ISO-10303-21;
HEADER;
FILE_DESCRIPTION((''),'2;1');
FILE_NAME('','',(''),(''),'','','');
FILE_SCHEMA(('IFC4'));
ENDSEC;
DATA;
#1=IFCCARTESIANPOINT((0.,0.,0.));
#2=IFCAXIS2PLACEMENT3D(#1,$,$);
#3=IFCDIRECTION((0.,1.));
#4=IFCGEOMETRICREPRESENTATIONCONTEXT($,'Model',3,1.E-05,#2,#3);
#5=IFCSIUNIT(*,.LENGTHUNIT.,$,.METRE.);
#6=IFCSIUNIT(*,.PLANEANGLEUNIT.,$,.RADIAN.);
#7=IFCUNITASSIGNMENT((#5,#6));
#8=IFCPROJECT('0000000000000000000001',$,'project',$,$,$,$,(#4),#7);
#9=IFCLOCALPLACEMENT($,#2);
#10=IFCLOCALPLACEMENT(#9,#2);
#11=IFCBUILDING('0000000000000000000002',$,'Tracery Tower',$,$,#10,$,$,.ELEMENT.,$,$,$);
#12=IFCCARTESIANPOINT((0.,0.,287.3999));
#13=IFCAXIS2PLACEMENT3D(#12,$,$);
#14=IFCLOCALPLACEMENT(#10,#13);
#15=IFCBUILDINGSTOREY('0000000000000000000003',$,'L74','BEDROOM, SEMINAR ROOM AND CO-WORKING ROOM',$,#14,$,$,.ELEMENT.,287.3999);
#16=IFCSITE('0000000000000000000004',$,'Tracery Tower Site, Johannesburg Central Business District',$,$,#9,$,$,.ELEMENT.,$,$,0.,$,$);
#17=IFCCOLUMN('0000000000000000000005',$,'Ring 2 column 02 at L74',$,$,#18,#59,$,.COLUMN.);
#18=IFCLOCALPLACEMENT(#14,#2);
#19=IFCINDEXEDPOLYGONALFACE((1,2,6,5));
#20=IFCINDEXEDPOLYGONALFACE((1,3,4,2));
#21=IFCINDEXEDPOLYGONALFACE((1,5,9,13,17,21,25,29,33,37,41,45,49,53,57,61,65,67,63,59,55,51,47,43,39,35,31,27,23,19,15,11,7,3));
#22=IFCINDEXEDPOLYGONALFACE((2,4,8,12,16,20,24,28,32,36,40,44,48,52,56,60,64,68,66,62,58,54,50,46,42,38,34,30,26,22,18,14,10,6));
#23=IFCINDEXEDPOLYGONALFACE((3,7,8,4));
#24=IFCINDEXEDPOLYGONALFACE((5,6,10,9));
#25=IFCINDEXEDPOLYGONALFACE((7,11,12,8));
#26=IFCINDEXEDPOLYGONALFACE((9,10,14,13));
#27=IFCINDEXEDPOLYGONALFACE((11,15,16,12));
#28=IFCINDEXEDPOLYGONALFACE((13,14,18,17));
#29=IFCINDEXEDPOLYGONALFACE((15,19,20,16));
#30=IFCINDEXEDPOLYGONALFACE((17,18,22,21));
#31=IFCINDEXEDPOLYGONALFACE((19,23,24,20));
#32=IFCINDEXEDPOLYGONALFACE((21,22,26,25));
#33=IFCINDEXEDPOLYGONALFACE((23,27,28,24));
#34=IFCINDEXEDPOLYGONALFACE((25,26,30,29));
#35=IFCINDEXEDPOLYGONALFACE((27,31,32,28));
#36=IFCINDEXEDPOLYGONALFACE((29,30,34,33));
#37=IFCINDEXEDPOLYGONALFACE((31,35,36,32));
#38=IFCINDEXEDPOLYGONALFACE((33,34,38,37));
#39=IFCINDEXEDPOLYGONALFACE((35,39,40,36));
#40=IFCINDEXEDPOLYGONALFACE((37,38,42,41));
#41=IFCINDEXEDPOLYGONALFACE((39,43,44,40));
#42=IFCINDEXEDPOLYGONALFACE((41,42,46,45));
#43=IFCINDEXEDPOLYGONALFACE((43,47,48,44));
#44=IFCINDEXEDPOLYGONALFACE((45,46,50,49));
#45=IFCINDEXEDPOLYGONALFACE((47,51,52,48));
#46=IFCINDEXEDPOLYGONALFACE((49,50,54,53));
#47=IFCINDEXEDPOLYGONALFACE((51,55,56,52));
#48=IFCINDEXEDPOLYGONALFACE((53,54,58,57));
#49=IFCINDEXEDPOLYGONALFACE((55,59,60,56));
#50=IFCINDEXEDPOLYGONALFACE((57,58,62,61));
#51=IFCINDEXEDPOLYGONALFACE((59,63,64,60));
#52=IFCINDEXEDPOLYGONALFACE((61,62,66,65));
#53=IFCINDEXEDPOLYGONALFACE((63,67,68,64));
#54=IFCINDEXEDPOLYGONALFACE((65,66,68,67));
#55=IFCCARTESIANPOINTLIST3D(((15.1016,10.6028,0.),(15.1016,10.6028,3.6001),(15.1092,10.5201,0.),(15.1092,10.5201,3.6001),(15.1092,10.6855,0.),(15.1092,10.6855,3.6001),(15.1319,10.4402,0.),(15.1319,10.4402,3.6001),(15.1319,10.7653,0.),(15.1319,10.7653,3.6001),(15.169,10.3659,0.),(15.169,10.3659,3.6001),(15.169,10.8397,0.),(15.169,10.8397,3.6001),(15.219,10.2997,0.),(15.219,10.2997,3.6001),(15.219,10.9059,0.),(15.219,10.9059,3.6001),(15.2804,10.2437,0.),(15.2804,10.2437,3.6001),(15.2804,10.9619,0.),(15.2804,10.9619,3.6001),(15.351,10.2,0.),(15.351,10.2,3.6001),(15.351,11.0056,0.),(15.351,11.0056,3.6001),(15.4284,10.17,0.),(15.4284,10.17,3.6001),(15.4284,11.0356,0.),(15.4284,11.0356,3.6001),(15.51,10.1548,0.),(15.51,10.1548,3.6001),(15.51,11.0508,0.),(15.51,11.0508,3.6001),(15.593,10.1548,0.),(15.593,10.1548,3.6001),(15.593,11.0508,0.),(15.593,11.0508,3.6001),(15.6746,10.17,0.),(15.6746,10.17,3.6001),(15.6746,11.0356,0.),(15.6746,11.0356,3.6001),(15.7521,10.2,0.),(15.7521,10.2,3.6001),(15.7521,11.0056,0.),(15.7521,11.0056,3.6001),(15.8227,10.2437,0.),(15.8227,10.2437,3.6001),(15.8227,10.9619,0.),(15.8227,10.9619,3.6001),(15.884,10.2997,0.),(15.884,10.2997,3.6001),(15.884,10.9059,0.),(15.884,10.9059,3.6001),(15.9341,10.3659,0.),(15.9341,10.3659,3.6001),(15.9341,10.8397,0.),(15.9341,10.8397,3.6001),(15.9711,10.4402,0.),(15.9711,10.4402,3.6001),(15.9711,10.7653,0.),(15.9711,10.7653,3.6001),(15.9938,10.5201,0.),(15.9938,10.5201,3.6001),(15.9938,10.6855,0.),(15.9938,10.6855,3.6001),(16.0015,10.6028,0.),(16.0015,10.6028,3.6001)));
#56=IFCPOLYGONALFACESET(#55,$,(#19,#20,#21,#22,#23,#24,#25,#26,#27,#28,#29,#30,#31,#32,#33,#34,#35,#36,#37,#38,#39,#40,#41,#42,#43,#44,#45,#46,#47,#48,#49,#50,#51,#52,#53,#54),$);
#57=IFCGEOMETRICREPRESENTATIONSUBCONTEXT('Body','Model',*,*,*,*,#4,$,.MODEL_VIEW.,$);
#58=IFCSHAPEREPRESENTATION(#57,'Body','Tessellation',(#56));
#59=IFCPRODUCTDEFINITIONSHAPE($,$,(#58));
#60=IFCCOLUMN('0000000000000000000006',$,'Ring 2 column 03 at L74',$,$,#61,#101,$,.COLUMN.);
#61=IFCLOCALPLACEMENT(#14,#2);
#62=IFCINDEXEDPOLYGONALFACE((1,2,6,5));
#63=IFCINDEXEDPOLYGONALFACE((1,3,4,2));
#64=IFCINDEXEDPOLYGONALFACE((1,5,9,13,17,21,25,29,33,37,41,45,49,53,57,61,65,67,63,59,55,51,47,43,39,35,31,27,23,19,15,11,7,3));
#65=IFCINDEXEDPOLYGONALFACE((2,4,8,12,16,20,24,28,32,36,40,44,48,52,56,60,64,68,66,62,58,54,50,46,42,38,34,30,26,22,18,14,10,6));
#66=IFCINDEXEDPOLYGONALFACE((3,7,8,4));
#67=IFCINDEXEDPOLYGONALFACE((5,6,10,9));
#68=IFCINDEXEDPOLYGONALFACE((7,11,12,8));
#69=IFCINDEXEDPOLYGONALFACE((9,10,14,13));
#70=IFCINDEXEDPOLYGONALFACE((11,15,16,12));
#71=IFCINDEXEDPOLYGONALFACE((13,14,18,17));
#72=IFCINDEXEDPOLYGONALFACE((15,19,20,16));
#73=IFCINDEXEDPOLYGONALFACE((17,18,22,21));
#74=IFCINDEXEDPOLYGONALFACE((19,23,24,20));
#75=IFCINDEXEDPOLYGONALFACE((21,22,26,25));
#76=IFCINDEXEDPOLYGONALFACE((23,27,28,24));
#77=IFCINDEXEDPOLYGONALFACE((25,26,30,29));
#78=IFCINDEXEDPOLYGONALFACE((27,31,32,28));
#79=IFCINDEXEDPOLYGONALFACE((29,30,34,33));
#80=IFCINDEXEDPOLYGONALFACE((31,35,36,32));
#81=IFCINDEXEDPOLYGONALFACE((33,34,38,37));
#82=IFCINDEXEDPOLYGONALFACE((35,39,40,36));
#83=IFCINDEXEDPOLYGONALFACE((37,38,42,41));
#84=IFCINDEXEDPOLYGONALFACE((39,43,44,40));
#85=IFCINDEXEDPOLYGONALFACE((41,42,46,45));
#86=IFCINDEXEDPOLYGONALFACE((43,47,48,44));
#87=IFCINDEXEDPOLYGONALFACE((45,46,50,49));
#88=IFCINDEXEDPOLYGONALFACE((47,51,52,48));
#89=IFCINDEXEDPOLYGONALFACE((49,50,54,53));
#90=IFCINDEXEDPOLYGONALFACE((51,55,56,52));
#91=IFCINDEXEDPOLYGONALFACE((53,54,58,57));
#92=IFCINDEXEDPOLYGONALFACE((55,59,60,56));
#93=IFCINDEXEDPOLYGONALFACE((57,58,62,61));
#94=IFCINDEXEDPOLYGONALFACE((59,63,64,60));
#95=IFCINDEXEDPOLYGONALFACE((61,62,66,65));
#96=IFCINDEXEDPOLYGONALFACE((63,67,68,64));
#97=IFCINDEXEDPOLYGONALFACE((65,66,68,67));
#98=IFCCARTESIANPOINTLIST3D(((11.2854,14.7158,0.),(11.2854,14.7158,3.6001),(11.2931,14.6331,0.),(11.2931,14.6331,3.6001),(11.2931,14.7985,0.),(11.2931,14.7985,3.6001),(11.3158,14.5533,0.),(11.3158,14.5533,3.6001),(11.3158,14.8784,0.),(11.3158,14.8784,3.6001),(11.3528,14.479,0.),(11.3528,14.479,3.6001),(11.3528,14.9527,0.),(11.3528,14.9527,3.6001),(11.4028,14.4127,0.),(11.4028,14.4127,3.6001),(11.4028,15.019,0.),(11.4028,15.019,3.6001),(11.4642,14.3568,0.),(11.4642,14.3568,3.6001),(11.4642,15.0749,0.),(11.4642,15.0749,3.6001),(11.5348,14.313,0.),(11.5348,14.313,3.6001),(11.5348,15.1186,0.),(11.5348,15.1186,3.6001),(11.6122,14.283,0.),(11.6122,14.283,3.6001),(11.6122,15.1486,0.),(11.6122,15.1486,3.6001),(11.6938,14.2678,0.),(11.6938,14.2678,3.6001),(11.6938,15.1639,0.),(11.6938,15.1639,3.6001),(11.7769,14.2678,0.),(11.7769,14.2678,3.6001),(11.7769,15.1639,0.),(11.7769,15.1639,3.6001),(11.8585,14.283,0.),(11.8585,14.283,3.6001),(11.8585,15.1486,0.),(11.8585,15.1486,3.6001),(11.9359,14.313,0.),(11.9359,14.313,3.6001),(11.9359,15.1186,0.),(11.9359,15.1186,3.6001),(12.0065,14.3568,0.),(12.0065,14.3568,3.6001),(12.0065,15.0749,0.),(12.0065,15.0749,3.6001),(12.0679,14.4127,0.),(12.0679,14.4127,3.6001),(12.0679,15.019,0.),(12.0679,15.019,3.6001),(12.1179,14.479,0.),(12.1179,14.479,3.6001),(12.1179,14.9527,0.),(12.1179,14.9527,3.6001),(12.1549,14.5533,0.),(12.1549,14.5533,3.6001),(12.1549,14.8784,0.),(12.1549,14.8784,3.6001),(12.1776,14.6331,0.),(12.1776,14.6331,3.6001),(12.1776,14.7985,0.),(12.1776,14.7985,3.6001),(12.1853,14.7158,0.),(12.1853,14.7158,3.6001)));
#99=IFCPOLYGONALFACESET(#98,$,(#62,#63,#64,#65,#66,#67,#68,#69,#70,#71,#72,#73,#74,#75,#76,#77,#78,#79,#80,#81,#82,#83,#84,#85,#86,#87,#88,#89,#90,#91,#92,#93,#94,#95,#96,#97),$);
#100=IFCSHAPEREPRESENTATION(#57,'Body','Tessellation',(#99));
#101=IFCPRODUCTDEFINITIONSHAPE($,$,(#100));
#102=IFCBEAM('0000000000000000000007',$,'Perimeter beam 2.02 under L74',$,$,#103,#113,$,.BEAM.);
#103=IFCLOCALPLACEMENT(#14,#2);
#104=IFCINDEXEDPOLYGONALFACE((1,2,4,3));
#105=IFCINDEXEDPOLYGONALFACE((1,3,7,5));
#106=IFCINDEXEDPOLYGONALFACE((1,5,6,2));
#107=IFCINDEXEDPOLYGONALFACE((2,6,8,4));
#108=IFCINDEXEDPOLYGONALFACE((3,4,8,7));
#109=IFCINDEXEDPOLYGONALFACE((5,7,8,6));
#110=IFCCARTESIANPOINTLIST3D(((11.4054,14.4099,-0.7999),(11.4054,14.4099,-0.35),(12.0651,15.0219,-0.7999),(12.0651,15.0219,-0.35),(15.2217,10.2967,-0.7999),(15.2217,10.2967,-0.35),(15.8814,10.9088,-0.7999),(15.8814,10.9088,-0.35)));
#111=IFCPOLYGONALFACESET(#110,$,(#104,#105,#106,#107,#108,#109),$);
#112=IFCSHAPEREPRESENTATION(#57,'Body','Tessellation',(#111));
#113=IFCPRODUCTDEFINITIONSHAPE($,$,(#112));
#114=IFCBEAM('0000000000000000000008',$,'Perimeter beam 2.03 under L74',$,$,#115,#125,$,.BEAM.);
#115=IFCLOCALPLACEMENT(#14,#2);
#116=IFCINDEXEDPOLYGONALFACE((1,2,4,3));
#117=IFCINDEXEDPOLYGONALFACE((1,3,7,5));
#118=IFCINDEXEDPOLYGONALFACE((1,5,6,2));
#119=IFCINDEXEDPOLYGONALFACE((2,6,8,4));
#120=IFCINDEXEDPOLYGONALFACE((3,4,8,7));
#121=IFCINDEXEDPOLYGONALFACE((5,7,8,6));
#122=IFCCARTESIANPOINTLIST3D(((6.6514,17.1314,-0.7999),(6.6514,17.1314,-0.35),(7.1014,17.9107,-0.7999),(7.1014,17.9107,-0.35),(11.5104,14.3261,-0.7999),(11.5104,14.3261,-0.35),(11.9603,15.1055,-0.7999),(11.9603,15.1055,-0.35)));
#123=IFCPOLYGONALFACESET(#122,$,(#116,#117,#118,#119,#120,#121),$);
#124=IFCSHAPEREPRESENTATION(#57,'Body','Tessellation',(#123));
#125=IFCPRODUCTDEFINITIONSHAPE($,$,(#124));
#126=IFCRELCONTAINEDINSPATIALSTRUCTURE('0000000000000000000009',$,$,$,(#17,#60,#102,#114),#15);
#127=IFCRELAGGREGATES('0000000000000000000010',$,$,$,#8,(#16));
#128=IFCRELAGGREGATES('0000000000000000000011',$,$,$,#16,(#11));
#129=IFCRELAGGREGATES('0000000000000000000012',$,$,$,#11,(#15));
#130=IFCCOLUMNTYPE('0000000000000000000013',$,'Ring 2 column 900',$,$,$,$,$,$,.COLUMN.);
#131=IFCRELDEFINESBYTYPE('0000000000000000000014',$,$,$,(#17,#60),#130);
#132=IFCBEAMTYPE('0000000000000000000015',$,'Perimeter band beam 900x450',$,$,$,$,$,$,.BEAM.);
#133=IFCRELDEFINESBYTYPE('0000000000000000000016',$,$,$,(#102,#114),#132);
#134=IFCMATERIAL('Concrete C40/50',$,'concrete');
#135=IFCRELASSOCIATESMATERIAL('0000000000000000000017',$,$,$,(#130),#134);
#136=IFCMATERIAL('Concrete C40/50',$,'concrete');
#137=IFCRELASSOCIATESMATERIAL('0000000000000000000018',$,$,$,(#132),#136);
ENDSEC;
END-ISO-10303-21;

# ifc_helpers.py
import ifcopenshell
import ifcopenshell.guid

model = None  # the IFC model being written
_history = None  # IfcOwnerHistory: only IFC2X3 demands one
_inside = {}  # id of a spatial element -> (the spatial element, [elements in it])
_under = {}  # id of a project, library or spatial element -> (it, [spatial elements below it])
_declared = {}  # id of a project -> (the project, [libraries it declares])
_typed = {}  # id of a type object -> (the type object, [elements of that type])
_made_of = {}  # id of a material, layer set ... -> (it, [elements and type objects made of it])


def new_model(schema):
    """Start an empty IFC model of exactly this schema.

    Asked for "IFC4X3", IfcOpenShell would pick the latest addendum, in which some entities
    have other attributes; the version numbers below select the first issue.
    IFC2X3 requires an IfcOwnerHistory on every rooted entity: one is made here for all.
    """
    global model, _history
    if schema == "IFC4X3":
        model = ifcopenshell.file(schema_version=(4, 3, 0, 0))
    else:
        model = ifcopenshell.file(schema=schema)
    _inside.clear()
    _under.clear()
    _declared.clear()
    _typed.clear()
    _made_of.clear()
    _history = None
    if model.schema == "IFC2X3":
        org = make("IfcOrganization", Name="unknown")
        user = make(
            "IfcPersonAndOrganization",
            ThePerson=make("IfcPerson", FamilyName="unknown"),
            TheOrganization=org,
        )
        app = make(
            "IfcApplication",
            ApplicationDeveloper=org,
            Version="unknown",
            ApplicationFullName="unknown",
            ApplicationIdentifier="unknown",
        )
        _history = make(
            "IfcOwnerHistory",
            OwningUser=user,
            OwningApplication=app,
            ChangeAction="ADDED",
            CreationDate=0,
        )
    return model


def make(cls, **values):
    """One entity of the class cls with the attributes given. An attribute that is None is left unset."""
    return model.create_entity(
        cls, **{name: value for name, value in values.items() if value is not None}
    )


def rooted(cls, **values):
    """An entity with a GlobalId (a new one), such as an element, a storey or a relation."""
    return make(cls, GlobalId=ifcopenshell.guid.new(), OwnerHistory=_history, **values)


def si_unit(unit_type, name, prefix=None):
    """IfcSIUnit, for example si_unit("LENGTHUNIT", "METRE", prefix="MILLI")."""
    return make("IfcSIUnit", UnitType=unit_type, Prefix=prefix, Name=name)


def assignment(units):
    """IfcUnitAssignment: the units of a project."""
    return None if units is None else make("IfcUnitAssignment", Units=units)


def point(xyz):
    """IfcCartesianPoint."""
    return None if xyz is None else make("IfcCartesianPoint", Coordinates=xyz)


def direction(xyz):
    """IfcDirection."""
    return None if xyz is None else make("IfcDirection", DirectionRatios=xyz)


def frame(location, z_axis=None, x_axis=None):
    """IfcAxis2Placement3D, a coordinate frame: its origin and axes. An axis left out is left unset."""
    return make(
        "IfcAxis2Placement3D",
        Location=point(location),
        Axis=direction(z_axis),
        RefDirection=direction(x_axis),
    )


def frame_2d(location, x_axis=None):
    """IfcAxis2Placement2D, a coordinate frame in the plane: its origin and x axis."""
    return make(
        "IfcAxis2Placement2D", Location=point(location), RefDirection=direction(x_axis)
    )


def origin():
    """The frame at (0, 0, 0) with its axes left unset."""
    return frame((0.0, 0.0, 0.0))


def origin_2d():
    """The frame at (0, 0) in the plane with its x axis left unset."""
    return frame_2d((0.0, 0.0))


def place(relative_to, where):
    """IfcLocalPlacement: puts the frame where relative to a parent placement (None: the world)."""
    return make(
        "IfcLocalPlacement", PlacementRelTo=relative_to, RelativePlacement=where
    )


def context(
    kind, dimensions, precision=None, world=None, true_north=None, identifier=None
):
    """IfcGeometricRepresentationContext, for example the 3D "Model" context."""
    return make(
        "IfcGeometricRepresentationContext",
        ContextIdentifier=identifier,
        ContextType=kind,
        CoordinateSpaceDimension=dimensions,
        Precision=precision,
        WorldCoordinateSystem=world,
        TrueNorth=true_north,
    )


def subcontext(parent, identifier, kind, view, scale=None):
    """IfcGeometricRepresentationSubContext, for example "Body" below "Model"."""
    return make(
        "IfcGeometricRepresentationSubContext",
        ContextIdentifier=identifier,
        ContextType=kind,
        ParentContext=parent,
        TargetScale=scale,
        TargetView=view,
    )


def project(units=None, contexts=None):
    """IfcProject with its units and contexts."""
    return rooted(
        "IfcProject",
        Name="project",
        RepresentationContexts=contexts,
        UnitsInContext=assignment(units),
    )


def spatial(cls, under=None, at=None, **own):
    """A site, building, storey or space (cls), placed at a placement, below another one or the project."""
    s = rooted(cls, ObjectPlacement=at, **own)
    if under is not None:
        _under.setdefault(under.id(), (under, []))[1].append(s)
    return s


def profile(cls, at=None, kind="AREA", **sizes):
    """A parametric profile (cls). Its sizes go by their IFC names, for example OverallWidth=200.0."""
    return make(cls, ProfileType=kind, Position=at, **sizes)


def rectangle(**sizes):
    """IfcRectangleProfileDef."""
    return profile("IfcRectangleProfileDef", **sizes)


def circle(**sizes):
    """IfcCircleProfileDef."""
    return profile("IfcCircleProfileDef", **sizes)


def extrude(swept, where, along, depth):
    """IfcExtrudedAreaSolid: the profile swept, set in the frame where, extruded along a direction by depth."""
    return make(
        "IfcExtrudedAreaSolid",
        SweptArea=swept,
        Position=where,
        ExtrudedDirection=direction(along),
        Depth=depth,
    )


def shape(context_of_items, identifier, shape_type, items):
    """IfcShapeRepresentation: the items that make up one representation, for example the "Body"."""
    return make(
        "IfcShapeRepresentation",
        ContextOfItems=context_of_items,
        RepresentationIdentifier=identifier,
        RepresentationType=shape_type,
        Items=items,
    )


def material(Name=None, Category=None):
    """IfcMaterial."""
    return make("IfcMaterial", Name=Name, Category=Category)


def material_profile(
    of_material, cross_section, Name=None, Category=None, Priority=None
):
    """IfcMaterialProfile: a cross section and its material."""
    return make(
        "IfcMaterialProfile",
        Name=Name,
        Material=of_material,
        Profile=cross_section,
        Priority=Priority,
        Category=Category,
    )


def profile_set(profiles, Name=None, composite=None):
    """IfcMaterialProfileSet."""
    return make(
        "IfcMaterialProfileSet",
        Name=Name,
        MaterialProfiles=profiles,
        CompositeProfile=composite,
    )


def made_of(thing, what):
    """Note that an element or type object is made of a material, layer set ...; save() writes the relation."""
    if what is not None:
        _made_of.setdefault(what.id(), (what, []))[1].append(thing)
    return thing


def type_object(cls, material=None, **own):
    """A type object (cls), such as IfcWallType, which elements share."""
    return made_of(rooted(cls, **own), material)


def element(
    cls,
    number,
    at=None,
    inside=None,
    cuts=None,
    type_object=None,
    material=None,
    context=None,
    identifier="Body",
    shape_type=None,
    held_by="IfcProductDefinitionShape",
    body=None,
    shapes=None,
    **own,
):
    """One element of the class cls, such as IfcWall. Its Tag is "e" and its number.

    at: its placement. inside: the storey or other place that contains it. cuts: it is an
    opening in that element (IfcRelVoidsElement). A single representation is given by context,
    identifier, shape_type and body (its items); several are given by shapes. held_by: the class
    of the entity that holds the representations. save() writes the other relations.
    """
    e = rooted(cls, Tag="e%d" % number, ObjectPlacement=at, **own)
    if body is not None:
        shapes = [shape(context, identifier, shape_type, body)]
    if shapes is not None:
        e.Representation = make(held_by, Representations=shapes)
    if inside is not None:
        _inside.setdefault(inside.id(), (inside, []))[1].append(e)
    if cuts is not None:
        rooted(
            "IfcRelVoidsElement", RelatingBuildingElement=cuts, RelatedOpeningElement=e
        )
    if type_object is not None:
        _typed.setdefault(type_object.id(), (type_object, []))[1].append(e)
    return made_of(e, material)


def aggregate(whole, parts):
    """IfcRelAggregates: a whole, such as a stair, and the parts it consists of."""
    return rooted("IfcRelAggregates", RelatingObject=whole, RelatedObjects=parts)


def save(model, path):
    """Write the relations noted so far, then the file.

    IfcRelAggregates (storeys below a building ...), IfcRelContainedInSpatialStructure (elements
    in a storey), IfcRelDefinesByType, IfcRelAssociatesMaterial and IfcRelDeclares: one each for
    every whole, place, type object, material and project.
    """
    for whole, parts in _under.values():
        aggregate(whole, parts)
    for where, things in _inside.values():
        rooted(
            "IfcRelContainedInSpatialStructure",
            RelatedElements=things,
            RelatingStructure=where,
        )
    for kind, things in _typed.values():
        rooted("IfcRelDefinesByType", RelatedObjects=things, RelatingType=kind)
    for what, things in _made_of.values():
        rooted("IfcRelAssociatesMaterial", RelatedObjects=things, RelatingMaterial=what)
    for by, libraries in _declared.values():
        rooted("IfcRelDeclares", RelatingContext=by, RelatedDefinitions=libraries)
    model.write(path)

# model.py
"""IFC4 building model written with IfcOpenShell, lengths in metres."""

from ifc_helpers import new_model, si_unit, direction, frame, origin, origin_2d, place, context, subcontext, project, spatial, rectangle, circle, extrude, material, material_profile, profile_set, type_object, element, save


model = new_model("IFC4")

# Units and contexts
model_context = context("Model", 3, precision=1e-05, world=origin(), true_north=direction((0.0, 1.0)))
body_context = subcontext(model_context, "Body", "Model", "MODEL_VIEW")
ifc_project = project(units=[si_unit("LENGTHUNIT", "METRE"), si_unit("PLANEANGLEUNIT", "RADIAN")], contexts=[model_context])

# Site, building, storey
site_placement = place(None, origin())
site = spatial("IfcSite", under=ifc_project, at=site_placement, Name="Tracery Tower Site, Johannesburg Central Business District", CompositionType="ELEMENT", RefElevation=0.0)
building_placement = place(site_placement, origin())
building = spatial("IfcBuilding", under=site, at=building_placement, Name="Tracery Tower", CompositionType="ELEMENT")
storey_placement = place(building_placement, frame((0.0, 0.0, 287.3999)))
storey = spatial("IfcBuildingStorey", under=building, at=storey_placement, Name="L74", Description="BEDROOM, SEMINAR ROOM AND CO-WORKING ROOM", CompositionType="ELEMENT", Elevation=287.3999)

# Columns
ifc_material_1 = material(Name="Concrete C40/50", Category="concrete")
ifc_material_profile_1 = material_profile(ifc_material_1, circle(Radius=0.45, at=origin_2d()), Name="RC D900")
ifc_profile_set_1 = profile_set([ifc_material_profile_1], Name="Concrete C40/50")
column_type = type_object("IfcColumnType", Name="Ring 2 column 900", PredefinedType="COLUMN", material=ifc_profile_set_1)
for number, where, z_axis, x_axis, name in (
    (1, (15.5515, 10.6028, 0.0), (0.0, 0.0, 1.0), (1.0, 0.0, 0.0), "Ring 2 column 02 at L74"),
    (2, (11.7354, 14.7158, 0.0), (0.0, 0.0, 1.0), (1.0, 0.0, 0.0), "Ring 2 column 03 at L74"),
):
    element("IfcColumn", number, at=place(storey_placement, frame(where, z_axis=z_axis, x_axis=x_axis)), inside=storey, type_object=column_type, Name=name, PredefinedType="COLUMN", context=body_context, shape_type="SweptSolid", body=[
        extrude(circle(Radius=0.45, at=origin_2d()), origin(), (0.0, 0.0, 1.0), 3.6001),
    ])

# Beams
ifc_material_2 = material(Name="Concrete C40/50", Category="concrete")
ifc_material_profile_2 = material_profile(ifc_material_2, rectangle(XDim=0.8999, YDim=0.45, at=origin_2d()), Name="RC 900x450")
ifc_profile_set_2 = profile_set([ifc_material_profile_2], Name="Concrete C40/50")
beam_type = type_object("IfcBeamType", Name="Perimeter band beam 900x450", PredefinedType="BEAM", material=ifc_profile_set_2)
beam_1_placement = place(storey_placement, frame((15.5515, 10.6028, -0.575), z_axis=(-0.680156, 0.733068, 0.0), x_axis=(-0.733068, -0.680156, 0.0)))
element("IfcBeam", 3, at=beam_1_placement, inside=storey, type_object=beam_type, Name="Perimeter beam 2.02 under L74", PredefinedType="BEAM", context=body_context, shape_type="SweptSolid", body=[
    extrude(rectangle(XDim=0.8999, YDim=0.45, at=origin_2d()), origin(), (0.0, 0.0, 1.0), 5.6108),
])
beam_2_placement = place(storey_placement, frame((11.7354, 14.7158, -0.575), z_axis=(-0.866033, 0.499986, 0.0), x_axis=(-0.499986, -0.866033, 0.0)))
element("IfcBeam", 4, at=beam_2_placement, inside=storey, type_object=beam_type, Name="Perimeter beam 2.03 under L74", PredefinedType="BEAM", context=body_context, shape_type="SweptSolid", body=[
    extrude(rectangle(XDim=0.8999, YDim=0.45, at=origin_2d()), origin(), (0.0, 0.0, 1.0), 5.6106),
])

save(model, "model.ifc")
